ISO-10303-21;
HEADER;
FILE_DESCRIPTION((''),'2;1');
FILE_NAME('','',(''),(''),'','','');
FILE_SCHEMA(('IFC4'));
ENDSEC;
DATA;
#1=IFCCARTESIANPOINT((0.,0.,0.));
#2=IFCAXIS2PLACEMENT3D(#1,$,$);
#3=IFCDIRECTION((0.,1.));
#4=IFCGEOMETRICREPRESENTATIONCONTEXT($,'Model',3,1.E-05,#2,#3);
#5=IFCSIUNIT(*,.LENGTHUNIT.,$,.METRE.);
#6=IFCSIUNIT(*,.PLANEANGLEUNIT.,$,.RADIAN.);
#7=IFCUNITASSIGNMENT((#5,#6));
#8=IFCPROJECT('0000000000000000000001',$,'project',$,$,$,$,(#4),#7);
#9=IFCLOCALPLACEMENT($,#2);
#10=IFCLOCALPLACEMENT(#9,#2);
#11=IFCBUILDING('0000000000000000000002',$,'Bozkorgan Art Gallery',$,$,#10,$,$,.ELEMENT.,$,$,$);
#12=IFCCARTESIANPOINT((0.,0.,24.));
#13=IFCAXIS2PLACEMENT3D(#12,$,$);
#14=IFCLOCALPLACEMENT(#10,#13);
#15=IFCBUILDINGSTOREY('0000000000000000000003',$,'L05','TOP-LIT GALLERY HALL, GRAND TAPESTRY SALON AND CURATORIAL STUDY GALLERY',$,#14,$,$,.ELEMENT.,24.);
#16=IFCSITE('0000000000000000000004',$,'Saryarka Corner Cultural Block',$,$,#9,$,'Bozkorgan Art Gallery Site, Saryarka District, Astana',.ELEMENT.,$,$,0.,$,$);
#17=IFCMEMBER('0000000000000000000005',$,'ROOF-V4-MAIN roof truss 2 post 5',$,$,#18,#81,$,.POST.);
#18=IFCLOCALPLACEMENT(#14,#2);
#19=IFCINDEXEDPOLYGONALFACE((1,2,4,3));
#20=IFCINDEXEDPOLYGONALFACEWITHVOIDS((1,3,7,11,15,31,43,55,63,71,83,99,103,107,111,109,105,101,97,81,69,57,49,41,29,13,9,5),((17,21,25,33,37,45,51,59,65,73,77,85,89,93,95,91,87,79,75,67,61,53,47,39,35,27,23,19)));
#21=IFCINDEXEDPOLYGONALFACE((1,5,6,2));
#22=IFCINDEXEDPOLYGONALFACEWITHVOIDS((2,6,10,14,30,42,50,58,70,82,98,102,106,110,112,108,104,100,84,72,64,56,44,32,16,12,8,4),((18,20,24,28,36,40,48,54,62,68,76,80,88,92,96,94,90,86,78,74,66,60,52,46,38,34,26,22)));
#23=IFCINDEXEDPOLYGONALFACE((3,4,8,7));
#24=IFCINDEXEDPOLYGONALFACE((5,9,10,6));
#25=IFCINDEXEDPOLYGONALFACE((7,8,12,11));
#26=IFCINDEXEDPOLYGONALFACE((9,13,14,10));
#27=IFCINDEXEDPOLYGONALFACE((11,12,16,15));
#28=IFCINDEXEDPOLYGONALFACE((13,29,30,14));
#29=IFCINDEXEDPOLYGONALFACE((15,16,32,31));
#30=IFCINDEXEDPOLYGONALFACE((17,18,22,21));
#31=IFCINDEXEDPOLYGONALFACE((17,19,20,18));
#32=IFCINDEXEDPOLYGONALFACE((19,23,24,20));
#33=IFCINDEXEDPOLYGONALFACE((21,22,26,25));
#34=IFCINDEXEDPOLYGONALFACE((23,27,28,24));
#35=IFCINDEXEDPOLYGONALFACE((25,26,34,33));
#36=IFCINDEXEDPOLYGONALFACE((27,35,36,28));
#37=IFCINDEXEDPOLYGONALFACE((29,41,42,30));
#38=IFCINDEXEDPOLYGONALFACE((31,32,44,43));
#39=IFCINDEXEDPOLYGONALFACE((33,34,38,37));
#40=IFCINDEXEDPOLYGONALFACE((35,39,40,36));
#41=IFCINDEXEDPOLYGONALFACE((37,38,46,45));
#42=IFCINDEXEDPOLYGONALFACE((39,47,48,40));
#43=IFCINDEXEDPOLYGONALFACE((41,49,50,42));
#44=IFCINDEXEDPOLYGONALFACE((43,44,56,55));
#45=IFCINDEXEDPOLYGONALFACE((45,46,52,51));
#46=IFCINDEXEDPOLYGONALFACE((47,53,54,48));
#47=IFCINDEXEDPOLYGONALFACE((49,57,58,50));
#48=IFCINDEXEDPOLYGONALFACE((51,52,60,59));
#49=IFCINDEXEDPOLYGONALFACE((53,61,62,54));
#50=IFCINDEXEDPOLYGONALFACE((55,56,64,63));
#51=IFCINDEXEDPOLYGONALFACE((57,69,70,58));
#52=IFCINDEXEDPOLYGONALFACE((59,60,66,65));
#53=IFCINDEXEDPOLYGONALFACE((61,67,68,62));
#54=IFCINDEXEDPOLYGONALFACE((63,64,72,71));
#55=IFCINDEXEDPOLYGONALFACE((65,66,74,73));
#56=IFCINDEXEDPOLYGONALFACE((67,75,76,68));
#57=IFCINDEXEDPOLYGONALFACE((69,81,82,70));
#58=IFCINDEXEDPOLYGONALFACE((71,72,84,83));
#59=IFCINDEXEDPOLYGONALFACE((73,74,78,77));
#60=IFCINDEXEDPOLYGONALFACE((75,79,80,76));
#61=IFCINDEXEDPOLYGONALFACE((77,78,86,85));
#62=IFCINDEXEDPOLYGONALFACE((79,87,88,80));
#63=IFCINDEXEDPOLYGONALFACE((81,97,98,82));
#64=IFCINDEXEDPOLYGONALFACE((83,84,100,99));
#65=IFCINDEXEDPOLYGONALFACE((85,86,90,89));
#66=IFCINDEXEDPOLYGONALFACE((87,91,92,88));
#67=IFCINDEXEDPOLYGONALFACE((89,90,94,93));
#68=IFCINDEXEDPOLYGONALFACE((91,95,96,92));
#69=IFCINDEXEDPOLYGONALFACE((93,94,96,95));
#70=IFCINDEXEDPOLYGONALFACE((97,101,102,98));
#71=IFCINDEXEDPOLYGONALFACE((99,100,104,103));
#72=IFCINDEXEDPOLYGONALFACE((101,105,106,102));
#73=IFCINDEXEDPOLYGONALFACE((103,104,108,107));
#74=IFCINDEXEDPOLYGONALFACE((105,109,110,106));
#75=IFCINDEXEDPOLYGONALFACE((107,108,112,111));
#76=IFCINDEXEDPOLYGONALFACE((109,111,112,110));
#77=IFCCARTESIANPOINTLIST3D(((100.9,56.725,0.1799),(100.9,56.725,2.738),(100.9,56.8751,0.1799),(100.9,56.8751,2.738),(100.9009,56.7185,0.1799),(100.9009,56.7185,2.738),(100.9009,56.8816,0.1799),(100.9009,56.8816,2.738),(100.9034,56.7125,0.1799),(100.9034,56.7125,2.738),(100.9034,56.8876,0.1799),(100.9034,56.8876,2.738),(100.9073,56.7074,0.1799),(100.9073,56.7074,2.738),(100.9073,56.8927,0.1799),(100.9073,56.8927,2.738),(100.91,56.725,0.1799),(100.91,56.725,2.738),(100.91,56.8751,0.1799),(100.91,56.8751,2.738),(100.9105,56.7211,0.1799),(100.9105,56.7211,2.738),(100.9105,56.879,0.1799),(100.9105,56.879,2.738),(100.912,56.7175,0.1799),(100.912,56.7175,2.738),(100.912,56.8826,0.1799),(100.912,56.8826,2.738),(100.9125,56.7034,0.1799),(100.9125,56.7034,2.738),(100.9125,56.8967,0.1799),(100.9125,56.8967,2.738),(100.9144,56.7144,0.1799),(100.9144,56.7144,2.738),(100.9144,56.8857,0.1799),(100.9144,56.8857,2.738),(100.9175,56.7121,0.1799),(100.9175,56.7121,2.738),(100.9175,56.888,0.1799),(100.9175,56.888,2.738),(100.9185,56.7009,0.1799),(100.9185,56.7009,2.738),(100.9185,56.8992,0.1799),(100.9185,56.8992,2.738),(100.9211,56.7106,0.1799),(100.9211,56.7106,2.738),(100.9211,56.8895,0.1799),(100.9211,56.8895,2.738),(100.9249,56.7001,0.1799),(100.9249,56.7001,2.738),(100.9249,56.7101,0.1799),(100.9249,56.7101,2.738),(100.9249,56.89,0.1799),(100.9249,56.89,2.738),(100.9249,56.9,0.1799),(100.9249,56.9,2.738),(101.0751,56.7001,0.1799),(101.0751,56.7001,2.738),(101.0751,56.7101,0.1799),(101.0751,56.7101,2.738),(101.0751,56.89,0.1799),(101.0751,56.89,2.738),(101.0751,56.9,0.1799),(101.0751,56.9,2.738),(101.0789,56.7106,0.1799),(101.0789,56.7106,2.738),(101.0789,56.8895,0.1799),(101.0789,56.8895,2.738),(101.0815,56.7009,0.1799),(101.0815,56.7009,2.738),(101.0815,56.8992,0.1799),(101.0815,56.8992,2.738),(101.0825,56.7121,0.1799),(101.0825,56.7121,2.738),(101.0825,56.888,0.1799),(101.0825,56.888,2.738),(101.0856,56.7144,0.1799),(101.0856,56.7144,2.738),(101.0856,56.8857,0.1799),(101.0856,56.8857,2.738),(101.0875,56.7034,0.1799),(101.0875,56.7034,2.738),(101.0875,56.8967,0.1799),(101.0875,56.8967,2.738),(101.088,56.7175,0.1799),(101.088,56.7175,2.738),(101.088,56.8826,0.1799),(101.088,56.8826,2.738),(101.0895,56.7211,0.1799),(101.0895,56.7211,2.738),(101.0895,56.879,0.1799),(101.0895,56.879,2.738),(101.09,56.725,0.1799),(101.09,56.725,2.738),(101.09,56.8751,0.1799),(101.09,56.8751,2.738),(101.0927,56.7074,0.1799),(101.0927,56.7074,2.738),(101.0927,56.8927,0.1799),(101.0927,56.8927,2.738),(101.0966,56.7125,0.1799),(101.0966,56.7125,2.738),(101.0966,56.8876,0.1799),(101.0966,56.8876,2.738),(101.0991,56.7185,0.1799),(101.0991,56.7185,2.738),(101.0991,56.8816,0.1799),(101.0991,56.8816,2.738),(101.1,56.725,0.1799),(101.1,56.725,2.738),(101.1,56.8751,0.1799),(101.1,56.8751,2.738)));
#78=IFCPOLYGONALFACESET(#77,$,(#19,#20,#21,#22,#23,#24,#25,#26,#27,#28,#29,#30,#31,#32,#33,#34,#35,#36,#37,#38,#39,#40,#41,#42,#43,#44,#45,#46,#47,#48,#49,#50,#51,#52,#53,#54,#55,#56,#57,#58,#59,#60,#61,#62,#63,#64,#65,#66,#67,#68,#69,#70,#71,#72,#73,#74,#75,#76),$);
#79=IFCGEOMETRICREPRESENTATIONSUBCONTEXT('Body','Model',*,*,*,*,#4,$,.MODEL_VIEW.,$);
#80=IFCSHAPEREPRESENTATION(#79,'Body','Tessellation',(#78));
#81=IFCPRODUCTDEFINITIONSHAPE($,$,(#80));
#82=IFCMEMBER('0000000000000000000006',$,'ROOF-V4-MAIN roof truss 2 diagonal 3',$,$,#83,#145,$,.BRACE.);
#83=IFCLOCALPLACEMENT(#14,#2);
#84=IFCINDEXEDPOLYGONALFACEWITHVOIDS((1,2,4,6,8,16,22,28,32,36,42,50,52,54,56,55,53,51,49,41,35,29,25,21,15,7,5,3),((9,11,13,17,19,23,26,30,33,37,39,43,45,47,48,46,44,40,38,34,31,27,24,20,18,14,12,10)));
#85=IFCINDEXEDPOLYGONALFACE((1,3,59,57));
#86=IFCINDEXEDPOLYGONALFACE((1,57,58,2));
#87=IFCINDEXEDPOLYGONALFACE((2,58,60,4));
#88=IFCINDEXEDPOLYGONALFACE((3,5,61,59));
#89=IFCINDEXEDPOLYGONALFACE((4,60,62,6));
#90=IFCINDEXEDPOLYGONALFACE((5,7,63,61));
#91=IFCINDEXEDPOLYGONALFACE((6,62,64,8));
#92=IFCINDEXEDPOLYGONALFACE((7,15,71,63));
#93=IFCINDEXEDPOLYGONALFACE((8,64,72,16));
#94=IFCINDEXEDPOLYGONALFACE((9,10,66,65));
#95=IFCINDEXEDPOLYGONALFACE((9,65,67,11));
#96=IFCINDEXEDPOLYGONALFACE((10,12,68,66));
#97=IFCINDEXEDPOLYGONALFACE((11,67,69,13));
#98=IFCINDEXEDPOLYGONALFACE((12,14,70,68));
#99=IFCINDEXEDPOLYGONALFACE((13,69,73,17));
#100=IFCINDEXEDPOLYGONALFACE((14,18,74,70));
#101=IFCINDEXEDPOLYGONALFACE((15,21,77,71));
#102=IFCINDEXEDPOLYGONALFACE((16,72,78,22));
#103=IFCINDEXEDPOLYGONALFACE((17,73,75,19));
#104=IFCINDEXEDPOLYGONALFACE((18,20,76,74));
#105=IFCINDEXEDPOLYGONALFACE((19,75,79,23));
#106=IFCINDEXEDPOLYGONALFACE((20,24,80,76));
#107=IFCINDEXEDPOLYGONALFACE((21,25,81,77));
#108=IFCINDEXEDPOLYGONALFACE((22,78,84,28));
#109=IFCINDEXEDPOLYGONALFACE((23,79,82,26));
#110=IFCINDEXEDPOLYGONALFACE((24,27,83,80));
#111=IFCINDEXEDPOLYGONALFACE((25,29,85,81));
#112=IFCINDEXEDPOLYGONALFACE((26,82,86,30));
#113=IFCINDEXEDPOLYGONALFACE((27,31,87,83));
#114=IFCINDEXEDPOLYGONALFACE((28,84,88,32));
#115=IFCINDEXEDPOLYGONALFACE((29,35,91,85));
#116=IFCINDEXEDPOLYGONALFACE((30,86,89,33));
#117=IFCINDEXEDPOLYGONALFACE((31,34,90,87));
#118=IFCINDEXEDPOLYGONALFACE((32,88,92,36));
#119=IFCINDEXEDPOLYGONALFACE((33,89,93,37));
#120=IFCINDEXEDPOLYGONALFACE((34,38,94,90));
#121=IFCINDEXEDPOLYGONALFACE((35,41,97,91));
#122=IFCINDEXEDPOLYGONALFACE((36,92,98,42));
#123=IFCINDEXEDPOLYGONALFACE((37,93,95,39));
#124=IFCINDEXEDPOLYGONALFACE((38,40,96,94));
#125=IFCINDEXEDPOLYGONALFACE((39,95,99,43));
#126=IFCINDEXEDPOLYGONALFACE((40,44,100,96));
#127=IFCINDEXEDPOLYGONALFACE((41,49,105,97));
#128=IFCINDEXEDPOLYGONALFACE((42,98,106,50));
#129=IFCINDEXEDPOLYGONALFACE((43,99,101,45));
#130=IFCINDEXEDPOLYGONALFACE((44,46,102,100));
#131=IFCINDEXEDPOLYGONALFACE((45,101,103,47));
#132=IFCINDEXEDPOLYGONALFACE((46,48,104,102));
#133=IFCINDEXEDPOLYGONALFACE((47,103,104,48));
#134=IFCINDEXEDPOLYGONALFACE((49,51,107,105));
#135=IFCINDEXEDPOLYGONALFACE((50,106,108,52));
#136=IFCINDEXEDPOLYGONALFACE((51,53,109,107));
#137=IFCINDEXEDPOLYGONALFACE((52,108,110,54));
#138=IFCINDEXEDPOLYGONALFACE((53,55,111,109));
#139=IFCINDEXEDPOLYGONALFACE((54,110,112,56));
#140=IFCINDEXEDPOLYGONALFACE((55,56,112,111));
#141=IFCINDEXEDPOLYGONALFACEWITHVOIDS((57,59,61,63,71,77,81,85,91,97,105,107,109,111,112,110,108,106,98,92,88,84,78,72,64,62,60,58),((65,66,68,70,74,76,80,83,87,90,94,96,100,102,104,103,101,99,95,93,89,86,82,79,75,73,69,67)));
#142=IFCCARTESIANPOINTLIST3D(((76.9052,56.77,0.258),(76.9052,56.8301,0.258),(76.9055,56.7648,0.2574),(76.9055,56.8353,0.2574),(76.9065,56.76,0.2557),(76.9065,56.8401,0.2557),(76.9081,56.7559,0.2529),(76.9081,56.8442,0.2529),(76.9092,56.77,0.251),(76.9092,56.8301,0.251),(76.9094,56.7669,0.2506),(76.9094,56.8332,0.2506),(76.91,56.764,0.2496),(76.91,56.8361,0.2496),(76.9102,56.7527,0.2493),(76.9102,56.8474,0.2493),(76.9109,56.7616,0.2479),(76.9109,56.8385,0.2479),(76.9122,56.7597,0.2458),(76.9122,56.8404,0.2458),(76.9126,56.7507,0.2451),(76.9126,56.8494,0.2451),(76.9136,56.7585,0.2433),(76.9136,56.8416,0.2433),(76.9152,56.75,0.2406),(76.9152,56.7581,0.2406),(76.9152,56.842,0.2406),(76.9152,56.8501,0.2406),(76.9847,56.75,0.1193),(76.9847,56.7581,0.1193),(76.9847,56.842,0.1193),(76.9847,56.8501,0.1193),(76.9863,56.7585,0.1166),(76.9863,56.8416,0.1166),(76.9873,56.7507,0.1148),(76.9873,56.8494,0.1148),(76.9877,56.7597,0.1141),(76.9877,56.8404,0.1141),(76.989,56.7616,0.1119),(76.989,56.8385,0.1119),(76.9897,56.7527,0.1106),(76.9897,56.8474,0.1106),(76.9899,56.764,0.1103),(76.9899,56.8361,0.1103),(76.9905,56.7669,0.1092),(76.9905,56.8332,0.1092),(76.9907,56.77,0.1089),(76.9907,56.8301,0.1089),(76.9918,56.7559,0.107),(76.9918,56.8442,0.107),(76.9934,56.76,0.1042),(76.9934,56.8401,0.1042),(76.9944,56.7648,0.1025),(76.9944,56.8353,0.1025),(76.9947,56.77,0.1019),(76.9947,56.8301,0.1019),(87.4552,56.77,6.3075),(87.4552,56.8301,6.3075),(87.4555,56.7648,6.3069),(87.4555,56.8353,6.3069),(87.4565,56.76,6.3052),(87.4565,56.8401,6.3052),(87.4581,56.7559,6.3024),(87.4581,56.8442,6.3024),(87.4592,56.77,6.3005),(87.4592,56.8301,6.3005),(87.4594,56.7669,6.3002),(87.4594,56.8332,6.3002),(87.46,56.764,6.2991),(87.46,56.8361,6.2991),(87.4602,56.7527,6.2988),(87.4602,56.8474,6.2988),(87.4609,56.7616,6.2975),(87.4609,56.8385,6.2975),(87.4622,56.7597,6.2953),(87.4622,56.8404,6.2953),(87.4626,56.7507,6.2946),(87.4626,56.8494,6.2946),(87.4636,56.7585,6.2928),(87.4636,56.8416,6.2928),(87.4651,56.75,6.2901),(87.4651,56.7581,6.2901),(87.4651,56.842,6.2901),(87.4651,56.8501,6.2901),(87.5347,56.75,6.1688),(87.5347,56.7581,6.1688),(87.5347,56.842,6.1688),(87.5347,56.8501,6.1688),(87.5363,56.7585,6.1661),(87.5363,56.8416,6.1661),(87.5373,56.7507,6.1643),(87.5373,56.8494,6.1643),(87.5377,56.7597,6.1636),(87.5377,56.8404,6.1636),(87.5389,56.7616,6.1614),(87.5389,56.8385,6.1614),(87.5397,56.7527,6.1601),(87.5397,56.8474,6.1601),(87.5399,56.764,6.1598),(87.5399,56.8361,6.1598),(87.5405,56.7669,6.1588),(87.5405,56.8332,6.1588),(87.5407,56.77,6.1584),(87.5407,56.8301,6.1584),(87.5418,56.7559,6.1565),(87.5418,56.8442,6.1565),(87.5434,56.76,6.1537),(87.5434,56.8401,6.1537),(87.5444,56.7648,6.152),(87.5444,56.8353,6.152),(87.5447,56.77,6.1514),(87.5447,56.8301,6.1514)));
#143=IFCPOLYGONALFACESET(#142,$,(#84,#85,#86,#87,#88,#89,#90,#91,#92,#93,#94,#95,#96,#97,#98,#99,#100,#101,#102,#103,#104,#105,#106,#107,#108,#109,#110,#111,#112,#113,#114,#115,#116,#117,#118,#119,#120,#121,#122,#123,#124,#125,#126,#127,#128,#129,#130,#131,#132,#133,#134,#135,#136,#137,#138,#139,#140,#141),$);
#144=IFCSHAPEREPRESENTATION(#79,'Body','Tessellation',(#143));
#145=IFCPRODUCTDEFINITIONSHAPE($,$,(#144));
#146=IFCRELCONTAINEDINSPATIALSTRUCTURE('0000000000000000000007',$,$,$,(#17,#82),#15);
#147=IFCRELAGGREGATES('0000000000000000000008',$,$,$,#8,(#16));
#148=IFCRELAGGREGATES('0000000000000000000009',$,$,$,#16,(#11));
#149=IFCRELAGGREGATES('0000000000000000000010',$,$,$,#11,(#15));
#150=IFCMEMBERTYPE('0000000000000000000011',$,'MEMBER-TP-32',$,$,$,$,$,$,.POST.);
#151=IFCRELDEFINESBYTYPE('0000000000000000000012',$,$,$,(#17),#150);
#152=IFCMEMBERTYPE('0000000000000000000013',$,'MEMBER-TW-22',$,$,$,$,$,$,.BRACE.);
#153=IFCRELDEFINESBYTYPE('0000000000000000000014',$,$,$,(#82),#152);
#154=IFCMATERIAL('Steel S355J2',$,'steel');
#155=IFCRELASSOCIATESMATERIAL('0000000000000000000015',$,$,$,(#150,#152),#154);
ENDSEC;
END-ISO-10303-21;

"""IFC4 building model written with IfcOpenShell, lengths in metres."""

from ifc_helpers import new_model, si_unit, direction, frame, origin, origin_2d, place, context, subcontext, project, spatial, hollow_rectangle, extrude, material, material_profile, profile_set, type_object, element, save


model = new_model("IFC4")

# Units and contexts
model_context = context("Model", 3, precision=1e-05, world=origin(), true_north=direction((0.0, 1.0)))
body_context = subcontext(model_context, "Body", "Model", "MODEL_VIEW")
ifc_project = project(units=[si_unit("LENGTHUNIT", "METRE"), si_unit("PLANEANGLEUNIT", "RADIAN")], contexts=[model_context])

# Site, building, storey
site_placement = place(None, origin())
site = spatial("IfcSite", under=ifc_project, at=site_placement, Name="Saryarka Corner Cultural Block", LongName="Bozkorgan Art Gallery Site, Saryarka District, Astana", CompositionType="ELEMENT", RefElevation=0.0)
building_placement = place(site_placement, origin())
building = spatial("IfcBuilding", under=site, at=building_placement, Name="Bozkorgan Art Gallery", CompositionType="ELEMENT")
storey_placement = place(building_placement, frame((0.0, 0.0, 24.0)))
storey = spatial("IfcBuildingStorey", under=building, at=storey_placement, Name="L05", Description="TOP-LIT GALLERY HALL, GRAND TAPESTRY SALON AND CURATORIAL STUDY GALLERY", CompositionType="ELEMENT", Elevation=24.0)

# Members
ifc_material_1 = material(Name="Steel S355J2", Category="steel")
ifc_material_profile_1 = material_profile(ifc_material_1, hollow_rectangle(XDim=0.2, YDim=0.2, WallThickness=0.01, InnerFilletRadius=0.0149, OuterFilletRadius=0.0249, at=origin_2d()), Name="SHS 200x200x10")
ifc_profile_set_1 = profile_set([ifc_material_profile_1], Name="Steel S355J2")
member_type_1 = type_object("IfcMemberType", Name="MEMBER-TP-32", PredefinedType="POST", material=ifc_profile_set_1)
member_1_placement = place(storey_placement, frame((101.0, 56.8, 0.1799), z_axis=(0.0, 0.0, 1.0), x_axis=(1.0, 0.0, 0.0)))
element("IfcMember", 1, at=member_1_placement, inside=storey, type_object=member_type_1, Name="ROOF-V4-MAIN roof truss 2 post 5", PredefinedType="POST", context=body_context, shape_type="SweptSolid", body=[
    extrude(hollow_rectangle(XDim=0.2, YDim=0.2, WallThickness=0.01, InnerFilletRadius=0.0149, OuterFilletRadius=0.0249, at=origin_2d()), origin(), (0.0, 0.0, 1.0), 2.5581),
])
ifc_material_profile_2 = material_profile(ifc_material_1, hollow_rectangle(XDim=0.1001, YDim=0.1799, WallThickness=0.0081, InnerFilletRadius=0.012, OuterFilletRadius=0.02, at=origin_2d()), Name="RHS 180x100x8")
ifc_profile_set_2 = profile_set([ifc_material_profile_2], Name="Steel S355J2")
member_type_2 = type_object("IfcMemberType", Name="MEMBER-TW-22", PredefinedType="BRACE", material=ifc_profile_set_2)
for number, where, z_axis, x_axis, name in (
    (2, (76.95, 56.8, 0.1799), (0.8675, 0.0, 0.497438), (0.0, 1.0, 0.0), "ROOF-V4-MAIN roof truss 2 diagonal 3"),
):
    element("IfcMember", number, at=place(storey_placement, frame(where, z_axis=z_axis, x_axis=x_axis)), inside=storey, type_object=member_type_2, Name=name, PredefinedType="BRACE", context=body_context, shape_type="SweptSolid", body=[
        extrude(hollow_rectangle(XDim=0.1001, YDim=0.1799, WallThickness=0.0081, InnerFilletRadius=0.012, OuterFilletRadius=0.02, at=origin_2d()), origin(), (0.0, 0.0, 1.0), 12.1614),
    ])

save(model, "model.ifc")
